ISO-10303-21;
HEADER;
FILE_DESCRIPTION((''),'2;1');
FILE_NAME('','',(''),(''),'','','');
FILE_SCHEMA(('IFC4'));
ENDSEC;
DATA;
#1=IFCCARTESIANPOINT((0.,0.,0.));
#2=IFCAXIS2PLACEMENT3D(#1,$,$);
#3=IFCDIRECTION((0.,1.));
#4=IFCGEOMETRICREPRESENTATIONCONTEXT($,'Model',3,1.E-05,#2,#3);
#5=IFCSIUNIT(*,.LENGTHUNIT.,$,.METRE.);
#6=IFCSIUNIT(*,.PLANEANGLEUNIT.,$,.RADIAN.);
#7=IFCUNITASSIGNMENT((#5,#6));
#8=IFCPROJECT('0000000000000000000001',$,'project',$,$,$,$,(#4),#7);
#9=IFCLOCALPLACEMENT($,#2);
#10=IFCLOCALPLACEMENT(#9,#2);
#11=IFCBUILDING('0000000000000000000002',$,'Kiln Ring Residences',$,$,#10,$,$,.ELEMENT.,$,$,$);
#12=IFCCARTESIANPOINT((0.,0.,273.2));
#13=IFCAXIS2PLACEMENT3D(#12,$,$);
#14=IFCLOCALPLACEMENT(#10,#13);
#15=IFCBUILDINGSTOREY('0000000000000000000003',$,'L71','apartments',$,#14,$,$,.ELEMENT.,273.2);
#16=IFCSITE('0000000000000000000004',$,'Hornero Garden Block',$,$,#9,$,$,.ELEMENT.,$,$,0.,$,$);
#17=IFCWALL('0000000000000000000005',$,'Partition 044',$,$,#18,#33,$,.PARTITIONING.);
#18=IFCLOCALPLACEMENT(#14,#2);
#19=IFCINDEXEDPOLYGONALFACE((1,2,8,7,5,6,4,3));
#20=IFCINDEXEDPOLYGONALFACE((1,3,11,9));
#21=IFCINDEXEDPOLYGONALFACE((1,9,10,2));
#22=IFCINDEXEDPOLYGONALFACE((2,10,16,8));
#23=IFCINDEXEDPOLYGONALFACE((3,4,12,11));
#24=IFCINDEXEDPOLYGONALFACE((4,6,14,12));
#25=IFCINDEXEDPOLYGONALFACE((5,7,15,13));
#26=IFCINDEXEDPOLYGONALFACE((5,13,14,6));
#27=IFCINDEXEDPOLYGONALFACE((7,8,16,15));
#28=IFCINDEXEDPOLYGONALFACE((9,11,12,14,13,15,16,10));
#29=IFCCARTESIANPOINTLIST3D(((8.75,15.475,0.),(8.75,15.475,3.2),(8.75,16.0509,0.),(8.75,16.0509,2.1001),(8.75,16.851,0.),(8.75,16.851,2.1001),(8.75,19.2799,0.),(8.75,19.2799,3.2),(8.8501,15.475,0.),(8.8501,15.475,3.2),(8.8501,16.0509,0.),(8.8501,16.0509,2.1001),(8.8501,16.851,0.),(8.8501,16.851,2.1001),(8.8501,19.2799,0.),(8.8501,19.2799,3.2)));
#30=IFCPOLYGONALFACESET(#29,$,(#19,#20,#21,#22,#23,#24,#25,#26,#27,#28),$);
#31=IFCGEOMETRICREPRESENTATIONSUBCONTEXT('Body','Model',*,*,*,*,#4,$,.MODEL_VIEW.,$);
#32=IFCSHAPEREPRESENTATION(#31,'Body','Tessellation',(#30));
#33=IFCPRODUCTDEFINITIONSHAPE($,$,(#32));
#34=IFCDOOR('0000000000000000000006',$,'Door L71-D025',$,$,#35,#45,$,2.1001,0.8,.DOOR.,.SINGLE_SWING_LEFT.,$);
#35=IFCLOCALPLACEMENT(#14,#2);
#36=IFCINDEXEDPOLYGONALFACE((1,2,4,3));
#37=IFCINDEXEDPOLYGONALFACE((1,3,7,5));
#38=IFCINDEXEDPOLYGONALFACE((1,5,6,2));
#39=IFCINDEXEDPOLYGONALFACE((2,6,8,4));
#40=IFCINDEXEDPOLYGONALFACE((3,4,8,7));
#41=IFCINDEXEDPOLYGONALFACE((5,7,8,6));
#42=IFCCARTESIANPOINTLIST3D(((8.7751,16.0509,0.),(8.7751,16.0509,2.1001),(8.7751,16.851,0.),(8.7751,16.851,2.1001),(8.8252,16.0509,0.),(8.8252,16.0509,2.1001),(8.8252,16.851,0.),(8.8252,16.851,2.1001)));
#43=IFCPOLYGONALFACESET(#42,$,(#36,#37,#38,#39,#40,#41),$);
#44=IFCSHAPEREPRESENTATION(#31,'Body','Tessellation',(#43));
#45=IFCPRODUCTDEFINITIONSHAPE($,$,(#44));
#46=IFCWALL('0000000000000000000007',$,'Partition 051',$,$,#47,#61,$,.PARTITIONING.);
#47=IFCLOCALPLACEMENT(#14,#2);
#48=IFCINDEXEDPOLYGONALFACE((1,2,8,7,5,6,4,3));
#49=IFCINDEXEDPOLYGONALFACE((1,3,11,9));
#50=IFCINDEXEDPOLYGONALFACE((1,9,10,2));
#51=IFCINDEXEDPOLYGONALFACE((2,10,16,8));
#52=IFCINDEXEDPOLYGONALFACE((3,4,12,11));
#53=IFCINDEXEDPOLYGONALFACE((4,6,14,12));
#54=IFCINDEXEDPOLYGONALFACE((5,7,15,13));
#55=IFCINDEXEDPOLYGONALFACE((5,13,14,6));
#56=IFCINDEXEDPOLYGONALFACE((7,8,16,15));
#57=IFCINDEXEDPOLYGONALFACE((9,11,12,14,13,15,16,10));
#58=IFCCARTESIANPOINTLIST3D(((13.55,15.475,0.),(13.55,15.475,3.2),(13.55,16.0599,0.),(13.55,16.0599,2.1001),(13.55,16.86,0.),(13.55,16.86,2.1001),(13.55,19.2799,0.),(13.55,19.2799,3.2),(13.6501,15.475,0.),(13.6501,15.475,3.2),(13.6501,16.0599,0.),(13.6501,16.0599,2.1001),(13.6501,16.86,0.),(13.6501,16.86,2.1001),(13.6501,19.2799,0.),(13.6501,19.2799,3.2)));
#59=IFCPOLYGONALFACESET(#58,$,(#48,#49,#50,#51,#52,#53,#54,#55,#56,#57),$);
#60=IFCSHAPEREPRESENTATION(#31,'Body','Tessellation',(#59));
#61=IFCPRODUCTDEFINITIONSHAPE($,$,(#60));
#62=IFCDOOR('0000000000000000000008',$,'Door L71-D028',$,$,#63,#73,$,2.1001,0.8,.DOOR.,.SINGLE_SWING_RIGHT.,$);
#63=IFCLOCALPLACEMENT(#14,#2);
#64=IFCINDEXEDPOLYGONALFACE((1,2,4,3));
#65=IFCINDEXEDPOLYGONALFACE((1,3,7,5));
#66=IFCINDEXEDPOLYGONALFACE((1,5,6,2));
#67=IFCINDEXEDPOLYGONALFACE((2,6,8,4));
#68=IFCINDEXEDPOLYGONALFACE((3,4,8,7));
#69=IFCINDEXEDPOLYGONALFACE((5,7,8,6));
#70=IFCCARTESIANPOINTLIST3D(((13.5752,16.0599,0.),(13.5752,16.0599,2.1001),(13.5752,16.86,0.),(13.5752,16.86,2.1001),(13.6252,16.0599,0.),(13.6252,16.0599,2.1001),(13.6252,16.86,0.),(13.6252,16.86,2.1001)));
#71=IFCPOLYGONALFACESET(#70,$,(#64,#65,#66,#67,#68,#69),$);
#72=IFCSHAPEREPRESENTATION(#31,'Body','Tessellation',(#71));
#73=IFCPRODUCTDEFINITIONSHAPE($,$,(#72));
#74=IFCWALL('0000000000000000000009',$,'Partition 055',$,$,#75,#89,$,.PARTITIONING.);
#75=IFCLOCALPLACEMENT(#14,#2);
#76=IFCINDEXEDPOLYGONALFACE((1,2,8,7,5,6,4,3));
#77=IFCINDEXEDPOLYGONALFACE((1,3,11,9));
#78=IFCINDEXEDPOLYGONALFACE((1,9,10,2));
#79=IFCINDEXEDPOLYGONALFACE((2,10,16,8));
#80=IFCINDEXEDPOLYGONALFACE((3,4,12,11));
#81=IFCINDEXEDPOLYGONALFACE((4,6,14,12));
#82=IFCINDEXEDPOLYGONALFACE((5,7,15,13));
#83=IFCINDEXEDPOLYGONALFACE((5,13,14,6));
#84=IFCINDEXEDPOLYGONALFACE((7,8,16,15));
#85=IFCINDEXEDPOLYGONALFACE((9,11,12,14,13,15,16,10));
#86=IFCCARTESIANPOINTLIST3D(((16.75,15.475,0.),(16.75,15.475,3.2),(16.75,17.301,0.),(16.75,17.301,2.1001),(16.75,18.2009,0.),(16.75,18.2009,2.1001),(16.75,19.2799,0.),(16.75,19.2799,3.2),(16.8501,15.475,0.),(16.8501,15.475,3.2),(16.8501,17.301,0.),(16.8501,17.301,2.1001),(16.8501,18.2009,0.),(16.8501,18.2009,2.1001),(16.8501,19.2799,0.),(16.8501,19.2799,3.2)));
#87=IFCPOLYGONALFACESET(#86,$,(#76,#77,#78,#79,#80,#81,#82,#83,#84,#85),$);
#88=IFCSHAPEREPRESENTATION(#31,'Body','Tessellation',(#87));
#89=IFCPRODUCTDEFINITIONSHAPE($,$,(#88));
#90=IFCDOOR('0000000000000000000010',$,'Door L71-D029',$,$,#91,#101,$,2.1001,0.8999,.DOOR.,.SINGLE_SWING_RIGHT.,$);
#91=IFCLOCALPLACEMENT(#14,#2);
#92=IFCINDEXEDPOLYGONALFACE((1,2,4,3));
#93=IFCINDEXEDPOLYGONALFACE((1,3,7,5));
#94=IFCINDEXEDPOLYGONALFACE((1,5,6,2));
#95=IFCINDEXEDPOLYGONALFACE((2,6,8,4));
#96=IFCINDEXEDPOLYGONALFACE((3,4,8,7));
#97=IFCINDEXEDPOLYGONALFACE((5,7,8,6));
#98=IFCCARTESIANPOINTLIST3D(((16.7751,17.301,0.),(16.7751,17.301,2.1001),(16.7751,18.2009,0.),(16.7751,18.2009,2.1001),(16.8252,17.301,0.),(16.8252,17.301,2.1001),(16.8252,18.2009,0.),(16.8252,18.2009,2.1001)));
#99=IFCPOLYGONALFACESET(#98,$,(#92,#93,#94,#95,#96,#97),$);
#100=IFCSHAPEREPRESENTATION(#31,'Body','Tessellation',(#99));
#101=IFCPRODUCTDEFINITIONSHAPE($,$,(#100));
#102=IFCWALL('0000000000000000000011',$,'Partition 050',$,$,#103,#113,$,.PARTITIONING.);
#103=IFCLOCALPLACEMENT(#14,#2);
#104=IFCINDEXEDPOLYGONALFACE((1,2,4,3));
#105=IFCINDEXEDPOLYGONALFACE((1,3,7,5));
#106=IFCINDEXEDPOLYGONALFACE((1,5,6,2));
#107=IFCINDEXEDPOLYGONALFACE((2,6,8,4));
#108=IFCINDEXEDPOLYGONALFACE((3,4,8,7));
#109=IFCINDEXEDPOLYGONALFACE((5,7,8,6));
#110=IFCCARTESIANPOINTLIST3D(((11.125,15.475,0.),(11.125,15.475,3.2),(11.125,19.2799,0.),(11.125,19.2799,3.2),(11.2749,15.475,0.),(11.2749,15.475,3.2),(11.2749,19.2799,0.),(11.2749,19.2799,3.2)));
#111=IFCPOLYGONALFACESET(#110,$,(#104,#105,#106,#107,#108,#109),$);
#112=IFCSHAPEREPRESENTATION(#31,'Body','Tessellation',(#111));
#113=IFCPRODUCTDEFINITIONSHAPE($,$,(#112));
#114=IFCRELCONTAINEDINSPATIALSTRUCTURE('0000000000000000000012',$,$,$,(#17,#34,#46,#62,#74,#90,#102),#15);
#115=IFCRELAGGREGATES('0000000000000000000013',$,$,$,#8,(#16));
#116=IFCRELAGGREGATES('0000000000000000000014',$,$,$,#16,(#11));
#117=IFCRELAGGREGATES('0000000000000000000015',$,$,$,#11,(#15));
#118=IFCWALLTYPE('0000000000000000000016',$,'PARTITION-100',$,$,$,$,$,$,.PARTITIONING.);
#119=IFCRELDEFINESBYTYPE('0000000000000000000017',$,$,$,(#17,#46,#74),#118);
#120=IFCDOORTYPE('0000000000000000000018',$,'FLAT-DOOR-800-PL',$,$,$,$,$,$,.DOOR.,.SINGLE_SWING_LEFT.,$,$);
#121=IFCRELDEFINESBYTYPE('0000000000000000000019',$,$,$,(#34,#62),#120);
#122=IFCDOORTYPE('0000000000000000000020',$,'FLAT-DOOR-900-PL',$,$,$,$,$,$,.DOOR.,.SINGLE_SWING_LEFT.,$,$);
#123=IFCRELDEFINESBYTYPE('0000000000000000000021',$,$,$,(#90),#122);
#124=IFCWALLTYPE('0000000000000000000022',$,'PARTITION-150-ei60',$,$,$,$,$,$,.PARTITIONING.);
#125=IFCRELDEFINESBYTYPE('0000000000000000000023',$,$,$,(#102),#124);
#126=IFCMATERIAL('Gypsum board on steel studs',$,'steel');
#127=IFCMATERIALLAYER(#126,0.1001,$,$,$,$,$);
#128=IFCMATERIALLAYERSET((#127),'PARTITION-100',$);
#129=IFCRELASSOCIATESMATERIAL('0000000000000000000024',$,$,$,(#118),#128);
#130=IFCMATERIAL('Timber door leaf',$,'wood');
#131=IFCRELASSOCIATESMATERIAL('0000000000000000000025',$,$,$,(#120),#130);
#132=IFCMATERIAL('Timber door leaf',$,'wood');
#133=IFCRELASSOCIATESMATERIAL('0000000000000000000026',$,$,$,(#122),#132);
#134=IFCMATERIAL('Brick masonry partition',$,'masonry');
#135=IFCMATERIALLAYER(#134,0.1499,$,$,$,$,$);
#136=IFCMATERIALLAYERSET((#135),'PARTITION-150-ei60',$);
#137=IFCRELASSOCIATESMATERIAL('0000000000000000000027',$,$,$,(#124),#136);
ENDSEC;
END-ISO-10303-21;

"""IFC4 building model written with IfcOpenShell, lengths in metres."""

from ifc_helpers import new_model, si_unit, direction, frame, frame_2d, origin, place, context, subcontext, project, spatial, rectangle, extrude, material, layer, layer_set, type_object, element, fill, save


model = new_model("IFC4")

# Units and contexts
model_context = context("Model", 3, precision=1e-05, world=origin(), true_north=direction((0.0, 1.0)))
body_context = subcontext(model_context, "Body", "Model", "MODEL_VIEW")
ifc_project = project(units=[si_unit("LENGTHUNIT", "METRE"), si_unit("PLANEANGLEUNIT", "RADIAN")], contexts=[model_context])

# Site, building, storey
site_placement = place(None, origin())
site = spatial("IfcSite", under=ifc_project, at=site_placement, Name="Hornero Garden Block", CompositionType="ELEMENT", RefElevation=0.0)
building_placement = place(site_placement, origin())
building = spatial("IfcBuilding", under=site, at=building_placement, Name="Kiln Ring Residences", CompositionType="ELEMENT")
storey_placement = place(building_placement, frame((0.0, 0.0, 273.2)))
storey = spatial("IfcBuildingStorey", under=building, at=storey_placement, Name="L71", Description="apartments", CompositionType="ELEMENT", Elevation=273.2)

# Walls, openings, doors
ifc_material_1 = material(Name="Gypsum board on steel studs", Category="steel")
ifc_layer_1 = layer(ifc_material_1, 0.1001)
ifc_layer_set_1 = layer_set([ifc_layer_1], Name="PARTITION-100")
wall_type_1 = type_object("IfcWallType", Name="PARTITION-100", PredefinedType="PARTITIONING", material=ifc_layer_set_1)
wall_1_placement = place(storey_placement, frame((8.8, 15.4751, 0.0), z_axis=(0.0, 0.0, 1.0), x_axis=(0.0, 1.0, 0.0)))
wall_1 = element("IfcWall", 1, at=wall_1_placement, inside=storey, type_object=wall_type_1, Name="Partition 044", PredefinedType="PARTITIONING", context=body_context, shape_type="SweptSolid", body=[
    extrude(rectangle(XDim=3.8049, YDim=0.1001, at=frame_2d((1.9023, 0.0))), origin(), (0.0, 0.0, 1.0), 3.2),
])
opening_1_placement = place(wall_1_placement, frame((0.5759, 0.0, 0.0)))
opening_1 = element("IfcOpeningElement", 2, at=opening_1_placement, cuts=wall_1, PredefinedType="OPENING", context=body_context, shape_type="SweptSolid", body=[
    extrude(rectangle(XDim=0.8, YDim=2.1001, at=frame_2d((0.3999, 1.05))), frame((0.0, 0.0601, 0.0), z_axis=(0.0, -1.0, 0.0), x_axis=(1.0, 0.0, 0.0)), (0.0, 0.0, 1.0), 0.1201),
])
ifc_material_2 = material(Name="Timber door leaf", Category="wood")
door_type_1 = type_object("IfcDoorType", Name="FLAT-DOOR-800-PL", OperationType="SINGLE_SWING_LEFT", PredefinedType="DOOR", material=ifc_material_2)
door_1_placement = place(opening_1_placement, origin())
door_1 = element("IfcDoor", 3, at=door_1_placement, inside=storey, type_object=door_type_1, Name="Door L71-D025", OperationType="SINGLE_SWING_LEFT", OverallHeight=2.1001, OverallWidth=0.8, PredefinedType="DOOR", context=body_context, shape_type="SweptSolid", body=[
    extrude(rectangle(XDim=0.8, YDim=2.1001, at=frame_2d((0.3999, 1.05))), frame((0.0, 0.0249, 0.0), z_axis=(0.0, -1.0, 0.0), x_axis=(1.0, 0.0, 0.0)), (0.0, 0.0, 1.0), 0.05),
])
fill(opening_1, door_1)
wall_2_placement = place(storey_placement, frame((13.6001, 15.4751, 0.0), z_axis=(0.0, 0.0, 1.0), x_axis=(0.0, 1.0, 0.0)))
wall_2 = element("IfcWall", 4, at=wall_2_placement, inside=storey, type_object=wall_type_1, Name="Partition 051", PredefinedType="PARTITIONING", context=body_context, shape_type="SweptSolid", body=[
    extrude(rectangle(XDim=3.8049, YDim=0.1001, at=frame_2d((1.9023, 0.0))), origin(), (0.0, 0.0, 1.0), 3.2),
])
opening_2_placement = place(wall_2_placement, frame((0.585, 0.0, 0.0)))
opening_2 = element("IfcOpeningElement", 5, at=opening_2_placement, cuts=wall_2, PredefinedType="OPENING", context=body_context, shape_type="SweptSolid", body=[
    extrude(rectangle(XDim=0.8, YDim=2.1001, at=frame_2d((0.3999, 1.05))), frame((0.0, 0.0601, 0.0), z_axis=(0.0, -1.0, 0.0), x_axis=(1.0, 0.0, 0.0)), (0.0, 0.0, 1.0), 0.1201),
])
door_2_placement = place(opening_2_placement, origin())
door_2 = element("IfcDoor", 6, at=door_2_placement, inside=storey, type_object=door_type_1, Name="Door L71-D028", OperationType="SINGLE_SWING_RIGHT", OverallHeight=2.1001, OverallWidth=0.8, PredefinedType="DOOR", context=body_context, shape_type="SweptSolid", body=[
    extrude(rectangle(XDim=0.8, YDim=2.1001, at=frame_2d((0.3999, 1.05))), frame((0.0, 0.0249, 0.0), z_axis=(0.0, -1.0, 0.0), x_axis=(1.0, 0.0, 0.0)), (0.0, 0.0, 1.0), 0.05),
])
fill(opening_2, door_2)
wall_3_placement = place(storey_placement, frame((16.8, 15.4751, 0.0), z_axis=(0.0, 0.0, 1.0), x_axis=(0.0, 1.0, 0.0)))
wall_3 = element("IfcWall", 7, at=wall_3_placement, inside=storey, type_object=wall_type_1, Name="Partition 055", PredefinedType="PARTITIONING", context=body_context, shape_type="SweptSolid", body=[
    extrude(rectangle(XDim=3.8049, YDim=0.1001, at=frame_2d((1.9023, 0.0))), origin(), (0.0, 0.0, 1.0), 3.2),
])
opening_3_placement = place(wall_3_placement, frame((1.8259, 0.0, 0.0)))
opening_3 = element("IfcOpeningElement", 8, at=opening_3_placement, cuts=wall_3, PredefinedType="OPENING", context=body_context, shape_type="SweptSolid", body=[
    extrude(rectangle(XDim=0.8999, YDim=2.1001, at=frame_2d((0.45, 1.05))), frame((0.0, 0.0601, 0.0), z_axis=(0.0, -1.0, 0.0), x_axis=(1.0, 0.0, 0.0)), (0.0, 0.0, 1.0), 0.1201),
])
ifc_material_3 = material(Name="Timber door leaf", Category="wood")
door_type_2 = type_object("IfcDoorType", Name="FLAT-DOOR-900-PL", OperationType="SINGLE_SWING_LEFT", PredefinedType="DOOR", material=ifc_material_3)
door_3_placement = place(opening_3_placement, origin())
door_3 = element("IfcDoor", 9, at=door_3_placement, inside=storey, type_object=door_type_2, Name="Door L71-D029", OperationType="SINGLE_SWING_RIGHT", OverallHeight=2.1001, OverallWidth=0.8999, PredefinedType="DOOR", context=body_context, shape_type="SweptSolid", body=[
    extrude(rectangle(XDim=0.8999, YDim=2.1001, at=frame_2d((0.45, 1.05))), frame((0.0, 0.0249, 0.0), z_axis=(0.0, -1.0, 0.0), x_axis=(1.0, 0.0, 0.0)), (0.0, 0.0, 1.0), 0.05),
])
fill(opening_3, door_3)

# Wall
ifc_material_4 = material(Name="Brick masonry partition", Category="masonry")
ifc_layer_2 = layer(ifc_material_4, 0.1499)
ifc_layer_set_2 = layer_set([ifc_layer_2], Name="PARTITION-150-ei60")
wall_type_2 = type_object("IfcWallType", Name="PARTITION-150-ei60", PredefinedType="PARTITIONING", material=ifc_layer_set_2)
wall_4_placement = place(storey_placement, frame((11.2, 15.4751, 0.0), z_axis=(0.0, 0.0, 1.0), x_axis=(0.0, 1.0, 0.0)))
element("IfcWall", 10, at=wall_4_placement, inside=storey, type_object=wall_type_2, Name="Partition 050", PredefinedType="PARTITIONING", context=body_context, shape_type="SweptSolid", body=[
    extrude(rectangle(XDim=3.8049, YDim=0.1499, at=frame_2d((1.9023, 0.0))), origin(), (0.0, 0.0, 1.0), 3.2),
])

save(model, "model.ifc")
